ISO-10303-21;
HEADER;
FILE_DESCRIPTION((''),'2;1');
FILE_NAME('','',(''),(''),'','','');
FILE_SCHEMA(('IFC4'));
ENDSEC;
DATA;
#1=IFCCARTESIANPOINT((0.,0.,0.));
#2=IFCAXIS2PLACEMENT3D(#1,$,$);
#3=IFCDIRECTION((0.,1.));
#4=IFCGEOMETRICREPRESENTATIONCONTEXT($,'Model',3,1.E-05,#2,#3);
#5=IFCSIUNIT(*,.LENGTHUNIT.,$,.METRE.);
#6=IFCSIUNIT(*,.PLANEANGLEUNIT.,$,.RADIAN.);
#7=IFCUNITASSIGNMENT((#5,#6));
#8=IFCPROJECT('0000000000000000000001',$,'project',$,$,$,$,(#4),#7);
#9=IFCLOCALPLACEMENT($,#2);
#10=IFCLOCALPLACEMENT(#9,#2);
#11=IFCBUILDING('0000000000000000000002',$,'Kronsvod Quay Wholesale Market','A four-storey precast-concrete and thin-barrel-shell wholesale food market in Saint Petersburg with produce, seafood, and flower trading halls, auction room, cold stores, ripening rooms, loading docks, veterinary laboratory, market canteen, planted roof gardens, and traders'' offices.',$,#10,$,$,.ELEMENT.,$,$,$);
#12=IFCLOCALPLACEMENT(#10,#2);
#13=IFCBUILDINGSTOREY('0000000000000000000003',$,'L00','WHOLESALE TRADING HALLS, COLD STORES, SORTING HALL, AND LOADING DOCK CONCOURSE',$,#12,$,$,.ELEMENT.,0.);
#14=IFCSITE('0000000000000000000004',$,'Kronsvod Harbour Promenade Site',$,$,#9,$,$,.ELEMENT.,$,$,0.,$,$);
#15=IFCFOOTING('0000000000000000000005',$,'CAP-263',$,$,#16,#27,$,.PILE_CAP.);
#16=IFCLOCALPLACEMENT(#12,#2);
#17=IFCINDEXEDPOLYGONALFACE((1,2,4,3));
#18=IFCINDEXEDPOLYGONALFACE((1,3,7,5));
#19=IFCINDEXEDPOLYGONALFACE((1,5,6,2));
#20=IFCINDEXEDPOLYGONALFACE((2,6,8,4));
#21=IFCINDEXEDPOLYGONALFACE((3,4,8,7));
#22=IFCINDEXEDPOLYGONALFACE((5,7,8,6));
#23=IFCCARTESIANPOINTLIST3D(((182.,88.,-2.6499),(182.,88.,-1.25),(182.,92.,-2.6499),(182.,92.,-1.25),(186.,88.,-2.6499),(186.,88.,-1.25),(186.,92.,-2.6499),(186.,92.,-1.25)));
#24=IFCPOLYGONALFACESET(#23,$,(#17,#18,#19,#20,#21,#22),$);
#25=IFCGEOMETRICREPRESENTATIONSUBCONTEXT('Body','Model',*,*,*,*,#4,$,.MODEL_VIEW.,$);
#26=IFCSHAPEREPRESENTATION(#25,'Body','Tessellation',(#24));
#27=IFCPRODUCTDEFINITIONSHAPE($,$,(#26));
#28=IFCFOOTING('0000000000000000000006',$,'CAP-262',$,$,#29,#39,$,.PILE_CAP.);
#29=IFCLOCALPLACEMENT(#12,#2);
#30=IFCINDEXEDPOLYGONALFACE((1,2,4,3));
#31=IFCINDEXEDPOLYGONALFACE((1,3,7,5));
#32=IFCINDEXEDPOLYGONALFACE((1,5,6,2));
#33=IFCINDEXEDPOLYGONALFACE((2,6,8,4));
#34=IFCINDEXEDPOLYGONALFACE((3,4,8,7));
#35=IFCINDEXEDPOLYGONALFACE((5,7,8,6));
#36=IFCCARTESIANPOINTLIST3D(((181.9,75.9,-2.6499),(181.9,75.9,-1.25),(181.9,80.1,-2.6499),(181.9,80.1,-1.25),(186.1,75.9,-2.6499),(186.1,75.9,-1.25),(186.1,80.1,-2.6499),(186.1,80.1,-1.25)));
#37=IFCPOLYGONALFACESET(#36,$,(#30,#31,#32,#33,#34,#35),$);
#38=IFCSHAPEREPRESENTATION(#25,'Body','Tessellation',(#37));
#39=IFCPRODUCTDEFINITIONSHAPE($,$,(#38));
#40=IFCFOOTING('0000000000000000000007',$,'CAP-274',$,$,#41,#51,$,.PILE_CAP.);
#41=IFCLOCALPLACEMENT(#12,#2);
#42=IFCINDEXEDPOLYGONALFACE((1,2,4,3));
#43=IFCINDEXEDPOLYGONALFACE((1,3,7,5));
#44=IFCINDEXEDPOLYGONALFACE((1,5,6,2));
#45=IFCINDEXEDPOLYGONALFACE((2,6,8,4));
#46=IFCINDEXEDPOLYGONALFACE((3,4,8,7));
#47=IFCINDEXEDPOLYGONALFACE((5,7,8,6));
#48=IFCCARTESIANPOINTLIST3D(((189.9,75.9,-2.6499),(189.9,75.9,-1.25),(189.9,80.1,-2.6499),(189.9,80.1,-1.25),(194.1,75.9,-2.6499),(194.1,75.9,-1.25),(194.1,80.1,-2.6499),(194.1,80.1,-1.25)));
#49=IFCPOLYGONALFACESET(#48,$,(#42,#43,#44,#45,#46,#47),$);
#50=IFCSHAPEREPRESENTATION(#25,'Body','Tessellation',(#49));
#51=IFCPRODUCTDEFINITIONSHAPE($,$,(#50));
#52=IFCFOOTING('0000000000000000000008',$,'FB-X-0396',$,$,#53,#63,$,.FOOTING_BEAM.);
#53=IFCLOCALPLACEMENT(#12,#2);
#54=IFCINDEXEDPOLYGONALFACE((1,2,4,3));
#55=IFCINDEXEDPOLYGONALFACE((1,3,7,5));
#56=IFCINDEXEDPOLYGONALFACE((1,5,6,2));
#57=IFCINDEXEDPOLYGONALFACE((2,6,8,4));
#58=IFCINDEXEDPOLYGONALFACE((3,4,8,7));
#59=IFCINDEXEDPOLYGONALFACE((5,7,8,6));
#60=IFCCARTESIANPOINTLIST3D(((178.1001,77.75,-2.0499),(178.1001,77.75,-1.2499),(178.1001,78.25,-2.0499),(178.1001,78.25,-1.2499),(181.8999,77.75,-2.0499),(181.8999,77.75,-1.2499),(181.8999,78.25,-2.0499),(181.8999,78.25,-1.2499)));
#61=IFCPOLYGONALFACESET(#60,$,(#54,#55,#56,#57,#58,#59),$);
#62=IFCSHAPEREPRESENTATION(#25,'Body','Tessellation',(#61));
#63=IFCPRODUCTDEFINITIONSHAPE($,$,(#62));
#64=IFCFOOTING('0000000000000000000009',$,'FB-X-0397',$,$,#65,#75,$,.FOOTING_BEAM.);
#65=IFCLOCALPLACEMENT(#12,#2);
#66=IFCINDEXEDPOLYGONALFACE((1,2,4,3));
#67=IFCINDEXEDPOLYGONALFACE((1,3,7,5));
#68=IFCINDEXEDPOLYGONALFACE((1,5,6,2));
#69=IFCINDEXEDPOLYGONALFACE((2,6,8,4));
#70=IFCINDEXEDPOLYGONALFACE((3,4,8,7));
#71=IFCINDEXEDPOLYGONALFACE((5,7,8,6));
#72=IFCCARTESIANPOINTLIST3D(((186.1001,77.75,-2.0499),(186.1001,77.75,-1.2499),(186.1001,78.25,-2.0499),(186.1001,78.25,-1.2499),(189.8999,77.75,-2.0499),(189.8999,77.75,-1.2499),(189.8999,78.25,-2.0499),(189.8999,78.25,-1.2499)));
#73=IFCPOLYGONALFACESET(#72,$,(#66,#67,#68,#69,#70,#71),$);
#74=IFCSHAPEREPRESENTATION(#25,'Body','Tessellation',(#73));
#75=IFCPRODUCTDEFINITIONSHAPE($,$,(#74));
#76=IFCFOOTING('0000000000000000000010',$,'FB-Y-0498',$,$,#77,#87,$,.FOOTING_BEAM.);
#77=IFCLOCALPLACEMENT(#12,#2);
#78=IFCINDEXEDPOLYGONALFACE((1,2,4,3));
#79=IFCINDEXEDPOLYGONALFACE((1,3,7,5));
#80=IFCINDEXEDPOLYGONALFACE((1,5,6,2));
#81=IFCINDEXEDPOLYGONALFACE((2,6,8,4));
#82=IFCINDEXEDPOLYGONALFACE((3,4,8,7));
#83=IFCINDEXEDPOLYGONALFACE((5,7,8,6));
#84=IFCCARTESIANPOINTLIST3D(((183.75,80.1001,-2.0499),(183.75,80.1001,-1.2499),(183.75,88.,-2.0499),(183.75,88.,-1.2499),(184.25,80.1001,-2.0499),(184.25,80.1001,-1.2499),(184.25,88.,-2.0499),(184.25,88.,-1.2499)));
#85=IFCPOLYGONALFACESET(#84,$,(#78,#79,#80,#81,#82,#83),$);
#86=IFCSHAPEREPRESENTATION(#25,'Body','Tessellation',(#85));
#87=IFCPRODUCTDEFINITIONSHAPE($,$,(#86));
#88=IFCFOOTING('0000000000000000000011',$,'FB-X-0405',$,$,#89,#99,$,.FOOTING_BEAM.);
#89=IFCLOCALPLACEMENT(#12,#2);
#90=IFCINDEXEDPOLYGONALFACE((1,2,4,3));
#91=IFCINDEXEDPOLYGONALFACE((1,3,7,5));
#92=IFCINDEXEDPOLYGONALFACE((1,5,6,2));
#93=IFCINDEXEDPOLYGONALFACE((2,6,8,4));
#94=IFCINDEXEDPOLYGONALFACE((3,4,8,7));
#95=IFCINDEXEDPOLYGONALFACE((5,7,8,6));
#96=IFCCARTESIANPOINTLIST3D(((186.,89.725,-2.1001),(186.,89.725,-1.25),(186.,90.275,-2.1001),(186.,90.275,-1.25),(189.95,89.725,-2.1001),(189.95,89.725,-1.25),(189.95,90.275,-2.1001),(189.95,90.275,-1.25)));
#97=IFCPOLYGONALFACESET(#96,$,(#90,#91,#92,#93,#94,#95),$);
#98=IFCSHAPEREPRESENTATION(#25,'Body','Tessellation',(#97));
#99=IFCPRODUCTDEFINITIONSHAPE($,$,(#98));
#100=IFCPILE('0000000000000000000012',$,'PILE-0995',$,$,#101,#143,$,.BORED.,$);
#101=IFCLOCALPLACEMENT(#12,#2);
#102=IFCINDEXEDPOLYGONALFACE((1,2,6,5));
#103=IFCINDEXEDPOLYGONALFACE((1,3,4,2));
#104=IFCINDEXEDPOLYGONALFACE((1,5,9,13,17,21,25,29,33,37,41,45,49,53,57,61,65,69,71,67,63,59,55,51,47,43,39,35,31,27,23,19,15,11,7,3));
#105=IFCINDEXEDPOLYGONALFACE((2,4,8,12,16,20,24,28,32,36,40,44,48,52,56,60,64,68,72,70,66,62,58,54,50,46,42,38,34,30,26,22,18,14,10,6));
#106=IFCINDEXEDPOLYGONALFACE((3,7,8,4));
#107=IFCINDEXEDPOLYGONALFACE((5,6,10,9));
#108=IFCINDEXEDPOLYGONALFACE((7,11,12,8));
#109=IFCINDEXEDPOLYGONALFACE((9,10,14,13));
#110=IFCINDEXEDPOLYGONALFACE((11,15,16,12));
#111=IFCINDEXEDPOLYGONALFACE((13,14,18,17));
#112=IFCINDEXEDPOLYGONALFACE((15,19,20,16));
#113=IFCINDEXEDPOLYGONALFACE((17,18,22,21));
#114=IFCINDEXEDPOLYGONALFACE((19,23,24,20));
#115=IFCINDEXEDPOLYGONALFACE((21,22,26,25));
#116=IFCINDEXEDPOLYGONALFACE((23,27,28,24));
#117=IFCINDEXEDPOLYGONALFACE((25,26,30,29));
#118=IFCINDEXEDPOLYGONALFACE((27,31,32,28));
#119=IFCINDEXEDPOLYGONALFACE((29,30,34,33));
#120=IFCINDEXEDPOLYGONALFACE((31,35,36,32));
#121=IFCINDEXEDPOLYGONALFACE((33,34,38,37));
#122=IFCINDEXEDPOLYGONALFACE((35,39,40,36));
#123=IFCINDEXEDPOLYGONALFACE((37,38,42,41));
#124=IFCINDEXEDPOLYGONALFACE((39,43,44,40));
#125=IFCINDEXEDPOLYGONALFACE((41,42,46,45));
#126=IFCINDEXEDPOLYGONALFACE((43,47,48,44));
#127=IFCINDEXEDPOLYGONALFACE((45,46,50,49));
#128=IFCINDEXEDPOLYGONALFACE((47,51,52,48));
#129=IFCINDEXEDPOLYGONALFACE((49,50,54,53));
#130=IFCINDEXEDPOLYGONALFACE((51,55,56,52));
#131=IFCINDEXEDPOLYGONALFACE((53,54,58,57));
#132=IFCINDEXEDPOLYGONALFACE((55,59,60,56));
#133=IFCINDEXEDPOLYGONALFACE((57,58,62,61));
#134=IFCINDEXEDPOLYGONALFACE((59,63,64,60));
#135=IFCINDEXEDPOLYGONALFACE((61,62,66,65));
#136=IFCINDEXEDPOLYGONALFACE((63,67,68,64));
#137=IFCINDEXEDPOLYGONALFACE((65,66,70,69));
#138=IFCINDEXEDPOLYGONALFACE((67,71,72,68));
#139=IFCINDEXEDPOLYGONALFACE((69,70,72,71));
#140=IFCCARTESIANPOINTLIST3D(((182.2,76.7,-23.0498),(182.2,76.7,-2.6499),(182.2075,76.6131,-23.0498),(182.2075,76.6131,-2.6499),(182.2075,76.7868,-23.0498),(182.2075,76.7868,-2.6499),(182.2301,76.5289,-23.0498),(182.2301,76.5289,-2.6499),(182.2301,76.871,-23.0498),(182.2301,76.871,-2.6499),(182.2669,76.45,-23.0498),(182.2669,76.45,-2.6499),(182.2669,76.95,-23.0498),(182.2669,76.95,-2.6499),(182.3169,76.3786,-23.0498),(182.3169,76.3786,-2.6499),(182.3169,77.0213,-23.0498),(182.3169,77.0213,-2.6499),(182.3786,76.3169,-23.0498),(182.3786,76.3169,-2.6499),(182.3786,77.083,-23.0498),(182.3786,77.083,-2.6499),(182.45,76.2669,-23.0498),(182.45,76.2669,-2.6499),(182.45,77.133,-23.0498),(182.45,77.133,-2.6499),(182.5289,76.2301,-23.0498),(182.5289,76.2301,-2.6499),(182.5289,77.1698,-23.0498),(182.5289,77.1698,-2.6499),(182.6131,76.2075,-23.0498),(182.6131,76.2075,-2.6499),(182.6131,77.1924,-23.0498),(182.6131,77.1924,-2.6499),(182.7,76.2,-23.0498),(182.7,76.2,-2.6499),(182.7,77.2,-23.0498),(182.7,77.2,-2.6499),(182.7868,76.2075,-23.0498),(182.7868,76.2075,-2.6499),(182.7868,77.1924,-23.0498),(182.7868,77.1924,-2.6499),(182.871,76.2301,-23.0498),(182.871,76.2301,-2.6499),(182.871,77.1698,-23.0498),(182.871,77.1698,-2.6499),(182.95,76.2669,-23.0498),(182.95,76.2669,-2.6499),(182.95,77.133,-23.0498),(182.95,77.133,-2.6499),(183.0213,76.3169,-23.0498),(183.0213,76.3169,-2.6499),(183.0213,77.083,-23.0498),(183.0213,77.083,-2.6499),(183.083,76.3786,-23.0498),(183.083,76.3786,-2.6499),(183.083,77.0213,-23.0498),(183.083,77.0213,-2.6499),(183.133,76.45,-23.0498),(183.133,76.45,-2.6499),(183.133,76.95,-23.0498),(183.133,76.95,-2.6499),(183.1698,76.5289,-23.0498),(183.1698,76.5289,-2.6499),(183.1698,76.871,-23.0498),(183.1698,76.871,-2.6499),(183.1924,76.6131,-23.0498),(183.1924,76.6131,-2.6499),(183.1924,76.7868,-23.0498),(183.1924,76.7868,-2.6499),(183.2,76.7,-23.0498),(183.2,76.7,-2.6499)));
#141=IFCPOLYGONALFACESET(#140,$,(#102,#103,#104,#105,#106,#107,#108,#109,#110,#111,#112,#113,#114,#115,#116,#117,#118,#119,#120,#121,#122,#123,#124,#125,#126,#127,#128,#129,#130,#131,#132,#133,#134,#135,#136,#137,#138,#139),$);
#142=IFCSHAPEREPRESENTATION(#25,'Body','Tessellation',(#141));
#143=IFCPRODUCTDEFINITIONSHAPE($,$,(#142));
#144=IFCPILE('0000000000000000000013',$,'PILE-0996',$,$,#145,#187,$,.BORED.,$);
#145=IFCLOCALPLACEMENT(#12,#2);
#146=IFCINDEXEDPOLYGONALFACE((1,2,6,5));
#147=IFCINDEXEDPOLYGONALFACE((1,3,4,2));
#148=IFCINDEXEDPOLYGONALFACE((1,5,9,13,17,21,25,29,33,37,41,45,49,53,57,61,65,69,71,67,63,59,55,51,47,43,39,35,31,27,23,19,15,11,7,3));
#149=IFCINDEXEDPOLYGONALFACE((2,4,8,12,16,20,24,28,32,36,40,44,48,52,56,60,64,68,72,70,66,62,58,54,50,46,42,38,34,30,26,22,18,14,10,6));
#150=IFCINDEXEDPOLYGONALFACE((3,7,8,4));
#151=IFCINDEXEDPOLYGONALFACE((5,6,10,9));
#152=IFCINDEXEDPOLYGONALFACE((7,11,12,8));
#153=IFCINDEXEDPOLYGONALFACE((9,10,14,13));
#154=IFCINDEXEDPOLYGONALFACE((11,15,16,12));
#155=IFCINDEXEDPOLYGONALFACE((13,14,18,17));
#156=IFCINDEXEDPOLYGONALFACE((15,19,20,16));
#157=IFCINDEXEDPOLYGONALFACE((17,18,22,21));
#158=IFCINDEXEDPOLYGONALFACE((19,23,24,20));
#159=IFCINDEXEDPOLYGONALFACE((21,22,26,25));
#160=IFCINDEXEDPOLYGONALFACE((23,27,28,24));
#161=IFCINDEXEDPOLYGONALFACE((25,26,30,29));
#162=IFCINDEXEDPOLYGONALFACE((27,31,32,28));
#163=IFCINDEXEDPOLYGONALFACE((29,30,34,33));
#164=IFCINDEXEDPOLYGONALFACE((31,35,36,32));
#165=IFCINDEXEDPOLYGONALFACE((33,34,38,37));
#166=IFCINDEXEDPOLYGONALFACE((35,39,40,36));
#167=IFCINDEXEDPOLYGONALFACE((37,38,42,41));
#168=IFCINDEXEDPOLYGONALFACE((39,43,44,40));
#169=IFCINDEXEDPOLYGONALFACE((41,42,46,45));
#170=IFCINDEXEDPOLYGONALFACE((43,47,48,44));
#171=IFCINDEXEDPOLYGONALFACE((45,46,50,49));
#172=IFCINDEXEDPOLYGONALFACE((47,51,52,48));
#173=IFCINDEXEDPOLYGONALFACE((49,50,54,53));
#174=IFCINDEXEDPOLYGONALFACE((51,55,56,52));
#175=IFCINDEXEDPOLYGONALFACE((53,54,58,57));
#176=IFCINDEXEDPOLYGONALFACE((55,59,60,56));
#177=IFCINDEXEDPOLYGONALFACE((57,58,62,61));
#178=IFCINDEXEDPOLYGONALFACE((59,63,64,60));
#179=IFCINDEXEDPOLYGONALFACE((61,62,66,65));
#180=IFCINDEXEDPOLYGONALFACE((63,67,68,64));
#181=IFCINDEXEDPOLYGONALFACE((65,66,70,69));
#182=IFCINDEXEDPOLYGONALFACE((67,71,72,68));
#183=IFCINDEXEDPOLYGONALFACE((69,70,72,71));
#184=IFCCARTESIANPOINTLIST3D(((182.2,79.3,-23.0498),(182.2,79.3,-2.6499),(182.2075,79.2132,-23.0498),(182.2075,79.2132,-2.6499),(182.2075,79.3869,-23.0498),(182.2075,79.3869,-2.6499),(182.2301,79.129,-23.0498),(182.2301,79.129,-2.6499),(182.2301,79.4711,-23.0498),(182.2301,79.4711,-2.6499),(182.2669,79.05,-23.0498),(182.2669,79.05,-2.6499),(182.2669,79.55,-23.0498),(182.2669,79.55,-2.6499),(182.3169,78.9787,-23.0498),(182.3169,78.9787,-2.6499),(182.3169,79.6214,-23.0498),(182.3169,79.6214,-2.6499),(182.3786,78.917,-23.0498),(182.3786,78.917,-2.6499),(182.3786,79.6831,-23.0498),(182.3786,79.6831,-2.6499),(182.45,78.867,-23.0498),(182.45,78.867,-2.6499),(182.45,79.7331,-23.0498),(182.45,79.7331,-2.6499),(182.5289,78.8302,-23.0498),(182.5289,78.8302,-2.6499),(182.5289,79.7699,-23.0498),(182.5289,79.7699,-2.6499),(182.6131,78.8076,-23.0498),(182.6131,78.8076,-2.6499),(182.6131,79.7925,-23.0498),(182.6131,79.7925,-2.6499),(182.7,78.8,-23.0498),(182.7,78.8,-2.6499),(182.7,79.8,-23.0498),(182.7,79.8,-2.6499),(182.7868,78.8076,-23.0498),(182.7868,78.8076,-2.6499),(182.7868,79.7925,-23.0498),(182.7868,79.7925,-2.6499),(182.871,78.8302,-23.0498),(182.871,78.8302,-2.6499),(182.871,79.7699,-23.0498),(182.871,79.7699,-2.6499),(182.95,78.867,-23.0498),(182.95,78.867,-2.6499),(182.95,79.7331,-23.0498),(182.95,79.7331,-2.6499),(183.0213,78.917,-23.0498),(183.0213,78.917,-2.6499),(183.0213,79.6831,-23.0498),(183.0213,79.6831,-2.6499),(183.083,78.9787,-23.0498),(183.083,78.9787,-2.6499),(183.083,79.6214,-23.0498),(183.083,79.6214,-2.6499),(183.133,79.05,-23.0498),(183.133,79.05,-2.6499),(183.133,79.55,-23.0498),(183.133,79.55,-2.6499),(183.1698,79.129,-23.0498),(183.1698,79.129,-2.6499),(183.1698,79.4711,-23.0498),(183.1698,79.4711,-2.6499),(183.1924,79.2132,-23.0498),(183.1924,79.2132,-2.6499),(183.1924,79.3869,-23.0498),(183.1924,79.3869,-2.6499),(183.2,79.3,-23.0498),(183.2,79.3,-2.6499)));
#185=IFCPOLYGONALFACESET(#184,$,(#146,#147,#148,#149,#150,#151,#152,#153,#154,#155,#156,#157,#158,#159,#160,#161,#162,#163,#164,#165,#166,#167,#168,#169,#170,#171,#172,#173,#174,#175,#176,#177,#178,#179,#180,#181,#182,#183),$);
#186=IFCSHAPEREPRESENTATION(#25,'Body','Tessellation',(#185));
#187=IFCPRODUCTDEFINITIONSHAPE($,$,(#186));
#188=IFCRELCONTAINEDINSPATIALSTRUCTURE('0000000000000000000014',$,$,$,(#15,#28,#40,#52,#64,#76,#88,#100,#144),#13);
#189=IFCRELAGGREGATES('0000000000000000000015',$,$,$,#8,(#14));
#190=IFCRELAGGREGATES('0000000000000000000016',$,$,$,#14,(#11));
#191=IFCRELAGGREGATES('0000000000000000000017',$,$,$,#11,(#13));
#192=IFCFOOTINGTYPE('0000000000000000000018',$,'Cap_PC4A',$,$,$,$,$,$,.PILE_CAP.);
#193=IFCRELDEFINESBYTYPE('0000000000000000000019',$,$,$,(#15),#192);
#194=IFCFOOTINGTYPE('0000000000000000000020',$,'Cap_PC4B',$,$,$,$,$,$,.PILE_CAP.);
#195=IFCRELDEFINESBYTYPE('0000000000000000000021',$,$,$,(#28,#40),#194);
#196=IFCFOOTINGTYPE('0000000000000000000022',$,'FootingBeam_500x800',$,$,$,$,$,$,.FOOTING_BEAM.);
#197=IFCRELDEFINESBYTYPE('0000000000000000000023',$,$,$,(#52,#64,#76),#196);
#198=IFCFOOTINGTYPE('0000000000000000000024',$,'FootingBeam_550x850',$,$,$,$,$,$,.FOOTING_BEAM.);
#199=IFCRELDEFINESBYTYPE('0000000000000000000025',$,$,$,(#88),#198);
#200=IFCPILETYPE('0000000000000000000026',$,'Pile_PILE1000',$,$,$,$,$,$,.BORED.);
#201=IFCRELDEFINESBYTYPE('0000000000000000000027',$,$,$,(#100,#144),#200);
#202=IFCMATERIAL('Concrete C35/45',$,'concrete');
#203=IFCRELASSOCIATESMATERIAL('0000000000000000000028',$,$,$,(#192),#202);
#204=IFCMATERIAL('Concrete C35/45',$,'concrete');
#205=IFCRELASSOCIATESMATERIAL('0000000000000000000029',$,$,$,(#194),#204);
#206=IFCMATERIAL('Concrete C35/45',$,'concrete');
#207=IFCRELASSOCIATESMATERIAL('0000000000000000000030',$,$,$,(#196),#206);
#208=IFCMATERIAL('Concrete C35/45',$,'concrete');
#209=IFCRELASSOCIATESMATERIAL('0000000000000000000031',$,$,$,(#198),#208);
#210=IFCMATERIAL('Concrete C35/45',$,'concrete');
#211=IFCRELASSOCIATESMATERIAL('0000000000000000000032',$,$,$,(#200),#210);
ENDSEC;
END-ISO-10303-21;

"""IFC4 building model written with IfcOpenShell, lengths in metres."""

from ifc_helpers import new_model, si_unit, direction, frame, origin, origin_2d, place, context, subcontext, project, spatial, rectangle, circle, extrude, material, material_profile, profile_set, type_object, element, save


model = new_model("IFC4")

# Units and contexts
model_context = context("Model", 3, precision=1e-05, world=origin(), true_north=direction((0.0, 1.0)))
body_context = subcontext(model_context, "Body", "Model", "MODEL_VIEW")
ifc_project = project(units=[si_unit("LENGTHUNIT", "METRE"), si_unit("PLANEANGLEUNIT", "RADIAN")], contexts=[model_context])

# Site, building, storey
site_placement = place(None, origin())
site = spatial("IfcSite", under=ifc_project, at=site_placement, Name="Kronsvod Harbour Promenade Site", CompositionType="ELEMENT", RefElevation=0.0)
building_placement = place(site_placement, origin())
building = spatial("IfcBuilding", under=site, at=building_placement, Name="Kronsvod Quay Wholesale Market", Description="A four-storey precast-concrete and thin-barrel-shell wholesale food market in Saint Petersburg with produce, seafood, and flower trading halls, auction room, cold stores, ripening rooms, loading docks, veterinary laboratory, market canteen, planted roof gardens, and traders' offices.", CompositionType="ELEMENT")
storey_placement = place(building_placement, origin())
storey = spatial("IfcBuildingStorey", under=building, at=storey_placement, Name="L00", Description="WHOLESALE TRADING HALLS, COLD STORES, SORTING HALL, AND LOADING DOCK CONCOURSE", CompositionType="ELEMENT", Elevation=0.0)

# Footings
ifc_material_1 = material(Name="Concrete C35/45", Category="concrete")
footing_type_1 = type_object("IfcFootingType", Name="Cap_PC4A", PredefinedType="PILE_CAP", material=ifc_material_1)
footing_1_placement = place(storey_placement, frame((184.0, 90.0, -2.6499), z_axis=(0.0, 0.0, 1.0), x_axis=(1.0, 0.0, 0.0)))
element("IfcFooting", 1, at=footing_1_placement, inside=storey, type_object=footing_type_1, Name="CAP-263", PredefinedType="PILE_CAP", context=body_context, shape_type="SweptSolid", body=[
    extrude(rectangle(XDim=4.0, YDim=4.0, at=origin_2d()), origin(), (0.0, 0.0, 1.0), 1.3999),
])
ifc_material_2 = material(Name="Concrete C35/45", Category="concrete")
footing_type_2 = type_object("IfcFootingType", Name="Cap_PC4B", PredefinedType="PILE_CAP", material=ifc_material_2)
for number, where, z_axis, x_axis, name in (
    (2, (184.0, 78.0, -2.6499), (0.0, 0.0, 1.0), (1.0, 0.0, 0.0), "CAP-262"),
    (3, (192.0, 78.0, -2.6499), (0.0, 0.0, 1.0), (1.0, 0.0, 0.0), "CAP-274"),
):
    element("IfcFooting", number, at=place(storey_placement, frame(where, z_axis=z_axis, x_axis=x_axis)), inside=storey, type_object=footing_type_2, Name=name, PredefinedType="PILE_CAP", context=body_context, shape_type="SweptSolid", body=[
        extrude(rectangle(XDim=4.2, YDim=4.2, at=origin_2d()), origin(), (0.0, 0.0, 1.0), 1.3999),
    ])
ifc_material_3 = material(Name="Concrete C35/45", Category="concrete")
ifc_material_profile_1 = material_profile(ifc_material_3, rectangle(XDim=0.5, YDim=0.8, at=origin_2d()), Name="FB-01")
ifc_profile_set_1 = profile_set([ifc_material_profile_1], Name="Concrete C35/45")
footing_type_3 = type_object("IfcFootingType", Name="FootingBeam_500x800", PredefinedType="FOOTING_BEAM", material=ifc_profile_set_1)
for number, where, z_axis, x_axis, name in (
    (4, (178.1001, 78.0, -1.6499), (1.0, 0.0, 0.0), (0.0, 1.0, 0.0), "FB-X-0396"),
    (5, (186.1001, 78.0, -1.6499), (1.0, 0.0, 0.0), (0.0, 1.0, 0.0), "FB-X-0397"),
):
    element("IfcFooting", number, at=place(storey_placement, frame(where, z_axis=z_axis, x_axis=x_axis)), inside=storey, type_object=footing_type_3, Name=name, PredefinedType="FOOTING_BEAM", context=body_context, shape_type="SweptSolid", body=[
        extrude(rectangle(XDim=0.5, YDim=0.8, at=origin_2d()), origin(), (0.0, 0.0, 1.0), 3.7998),
    ])
footing_2_placement = place(storey_placement, frame((184.0, 80.1001, -1.6499), z_axis=(0.0, 1.0, 0.0), x_axis=(-1.0, 0.0, 0.0)))
element("IfcFooting", 6, at=footing_2_placement, inside=storey, type_object=footing_type_3, Name="FB-Y-0498", PredefinedType="FOOTING_BEAM", context=body_context, shape_type="SweptSolid", body=[
    extrude(rectangle(XDim=0.5, YDim=0.8, at=origin_2d()), origin(), (0.0, 0.0, 1.0), 7.8999),
])
ifc_material_4 = material(Name="Concrete C35/45", Category="concrete")
ifc_material_profile_2 = material_profile(ifc_material_4, rectangle(XDim=0.55, YDim=0.8501, at=origin_2d()), Name="FB-03")
ifc_profile_set_2 = profile_set([ifc_material_profile_2], Name="Concrete C35/45")
footing_type_4 = type_object("IfcFootingType", Name="FootingBeam_550x850", PredefinedType="FOOTING_BEAM", material=ifc_profile_set_2)
footing_3_placement = place(storey_placement, frame((186.0, 90.0, -1.675), z_axis=(1.0, 0.0, 0.0), x_axis=(0.0, 1.0, 0.0)))
element("IfcFooting", 7, at=footing_3_placement, inside=storey, type_object=footing_type_4, Name="FB-X-0405", PredefinedType="FOOTING_BEAM", context=body_context, shape_type="SweptSolid", body=[
    extrude(rectangle(XDim=0.55, YDim=0.8501, at=origin_2d()), origin(), (0.0, 0.0, 1.0), 3.95),
])

# Piles
ifc_material_5 = material(Name="Concrete C35/45", Category="concrete")
ifc_material_profile_3 = material_profile(ifc_material_5, circle(Radius=0.5, at=origin_2d()), Name="PILE1000")
ifc_profile_set_3 = profile_set([ifc_material_profile_3], Name="Concrete C35/45")
pile_type_1 = type_object("IfcPileType", Name="Pile_PILE1000", PredefinedType="BORED", material=ifc_profile_set_3)
for number, where, z_axis, x_axis, name in (
    (8, (182.7, 76.7, -2.6499), (0.0, 0.0, -1.0), (1.0, 0.0, 0.0), "PILE-0995"),
    (9, (182.7, 79.3, -2.6499), (0.0, 0.0, -1.0), (1.0, 0.0, 0.0), "PILE-0996"),
):
    element("IfcPile", number, at=place(storey_placement, frame(where, z_axis=z_axis, x_axis=x_axis)), inside=storey, type_object=pile_type_1, Name=name, PredefinedType="BORED", context=body_context, shape_type="SweptSolid", body=[
        extrude(circle(Radius=0.5, at=origin_2d()), origin(), (0.0, 0.0, 1.0), 20.3999),
    ])

save(model, "model.ifc")
